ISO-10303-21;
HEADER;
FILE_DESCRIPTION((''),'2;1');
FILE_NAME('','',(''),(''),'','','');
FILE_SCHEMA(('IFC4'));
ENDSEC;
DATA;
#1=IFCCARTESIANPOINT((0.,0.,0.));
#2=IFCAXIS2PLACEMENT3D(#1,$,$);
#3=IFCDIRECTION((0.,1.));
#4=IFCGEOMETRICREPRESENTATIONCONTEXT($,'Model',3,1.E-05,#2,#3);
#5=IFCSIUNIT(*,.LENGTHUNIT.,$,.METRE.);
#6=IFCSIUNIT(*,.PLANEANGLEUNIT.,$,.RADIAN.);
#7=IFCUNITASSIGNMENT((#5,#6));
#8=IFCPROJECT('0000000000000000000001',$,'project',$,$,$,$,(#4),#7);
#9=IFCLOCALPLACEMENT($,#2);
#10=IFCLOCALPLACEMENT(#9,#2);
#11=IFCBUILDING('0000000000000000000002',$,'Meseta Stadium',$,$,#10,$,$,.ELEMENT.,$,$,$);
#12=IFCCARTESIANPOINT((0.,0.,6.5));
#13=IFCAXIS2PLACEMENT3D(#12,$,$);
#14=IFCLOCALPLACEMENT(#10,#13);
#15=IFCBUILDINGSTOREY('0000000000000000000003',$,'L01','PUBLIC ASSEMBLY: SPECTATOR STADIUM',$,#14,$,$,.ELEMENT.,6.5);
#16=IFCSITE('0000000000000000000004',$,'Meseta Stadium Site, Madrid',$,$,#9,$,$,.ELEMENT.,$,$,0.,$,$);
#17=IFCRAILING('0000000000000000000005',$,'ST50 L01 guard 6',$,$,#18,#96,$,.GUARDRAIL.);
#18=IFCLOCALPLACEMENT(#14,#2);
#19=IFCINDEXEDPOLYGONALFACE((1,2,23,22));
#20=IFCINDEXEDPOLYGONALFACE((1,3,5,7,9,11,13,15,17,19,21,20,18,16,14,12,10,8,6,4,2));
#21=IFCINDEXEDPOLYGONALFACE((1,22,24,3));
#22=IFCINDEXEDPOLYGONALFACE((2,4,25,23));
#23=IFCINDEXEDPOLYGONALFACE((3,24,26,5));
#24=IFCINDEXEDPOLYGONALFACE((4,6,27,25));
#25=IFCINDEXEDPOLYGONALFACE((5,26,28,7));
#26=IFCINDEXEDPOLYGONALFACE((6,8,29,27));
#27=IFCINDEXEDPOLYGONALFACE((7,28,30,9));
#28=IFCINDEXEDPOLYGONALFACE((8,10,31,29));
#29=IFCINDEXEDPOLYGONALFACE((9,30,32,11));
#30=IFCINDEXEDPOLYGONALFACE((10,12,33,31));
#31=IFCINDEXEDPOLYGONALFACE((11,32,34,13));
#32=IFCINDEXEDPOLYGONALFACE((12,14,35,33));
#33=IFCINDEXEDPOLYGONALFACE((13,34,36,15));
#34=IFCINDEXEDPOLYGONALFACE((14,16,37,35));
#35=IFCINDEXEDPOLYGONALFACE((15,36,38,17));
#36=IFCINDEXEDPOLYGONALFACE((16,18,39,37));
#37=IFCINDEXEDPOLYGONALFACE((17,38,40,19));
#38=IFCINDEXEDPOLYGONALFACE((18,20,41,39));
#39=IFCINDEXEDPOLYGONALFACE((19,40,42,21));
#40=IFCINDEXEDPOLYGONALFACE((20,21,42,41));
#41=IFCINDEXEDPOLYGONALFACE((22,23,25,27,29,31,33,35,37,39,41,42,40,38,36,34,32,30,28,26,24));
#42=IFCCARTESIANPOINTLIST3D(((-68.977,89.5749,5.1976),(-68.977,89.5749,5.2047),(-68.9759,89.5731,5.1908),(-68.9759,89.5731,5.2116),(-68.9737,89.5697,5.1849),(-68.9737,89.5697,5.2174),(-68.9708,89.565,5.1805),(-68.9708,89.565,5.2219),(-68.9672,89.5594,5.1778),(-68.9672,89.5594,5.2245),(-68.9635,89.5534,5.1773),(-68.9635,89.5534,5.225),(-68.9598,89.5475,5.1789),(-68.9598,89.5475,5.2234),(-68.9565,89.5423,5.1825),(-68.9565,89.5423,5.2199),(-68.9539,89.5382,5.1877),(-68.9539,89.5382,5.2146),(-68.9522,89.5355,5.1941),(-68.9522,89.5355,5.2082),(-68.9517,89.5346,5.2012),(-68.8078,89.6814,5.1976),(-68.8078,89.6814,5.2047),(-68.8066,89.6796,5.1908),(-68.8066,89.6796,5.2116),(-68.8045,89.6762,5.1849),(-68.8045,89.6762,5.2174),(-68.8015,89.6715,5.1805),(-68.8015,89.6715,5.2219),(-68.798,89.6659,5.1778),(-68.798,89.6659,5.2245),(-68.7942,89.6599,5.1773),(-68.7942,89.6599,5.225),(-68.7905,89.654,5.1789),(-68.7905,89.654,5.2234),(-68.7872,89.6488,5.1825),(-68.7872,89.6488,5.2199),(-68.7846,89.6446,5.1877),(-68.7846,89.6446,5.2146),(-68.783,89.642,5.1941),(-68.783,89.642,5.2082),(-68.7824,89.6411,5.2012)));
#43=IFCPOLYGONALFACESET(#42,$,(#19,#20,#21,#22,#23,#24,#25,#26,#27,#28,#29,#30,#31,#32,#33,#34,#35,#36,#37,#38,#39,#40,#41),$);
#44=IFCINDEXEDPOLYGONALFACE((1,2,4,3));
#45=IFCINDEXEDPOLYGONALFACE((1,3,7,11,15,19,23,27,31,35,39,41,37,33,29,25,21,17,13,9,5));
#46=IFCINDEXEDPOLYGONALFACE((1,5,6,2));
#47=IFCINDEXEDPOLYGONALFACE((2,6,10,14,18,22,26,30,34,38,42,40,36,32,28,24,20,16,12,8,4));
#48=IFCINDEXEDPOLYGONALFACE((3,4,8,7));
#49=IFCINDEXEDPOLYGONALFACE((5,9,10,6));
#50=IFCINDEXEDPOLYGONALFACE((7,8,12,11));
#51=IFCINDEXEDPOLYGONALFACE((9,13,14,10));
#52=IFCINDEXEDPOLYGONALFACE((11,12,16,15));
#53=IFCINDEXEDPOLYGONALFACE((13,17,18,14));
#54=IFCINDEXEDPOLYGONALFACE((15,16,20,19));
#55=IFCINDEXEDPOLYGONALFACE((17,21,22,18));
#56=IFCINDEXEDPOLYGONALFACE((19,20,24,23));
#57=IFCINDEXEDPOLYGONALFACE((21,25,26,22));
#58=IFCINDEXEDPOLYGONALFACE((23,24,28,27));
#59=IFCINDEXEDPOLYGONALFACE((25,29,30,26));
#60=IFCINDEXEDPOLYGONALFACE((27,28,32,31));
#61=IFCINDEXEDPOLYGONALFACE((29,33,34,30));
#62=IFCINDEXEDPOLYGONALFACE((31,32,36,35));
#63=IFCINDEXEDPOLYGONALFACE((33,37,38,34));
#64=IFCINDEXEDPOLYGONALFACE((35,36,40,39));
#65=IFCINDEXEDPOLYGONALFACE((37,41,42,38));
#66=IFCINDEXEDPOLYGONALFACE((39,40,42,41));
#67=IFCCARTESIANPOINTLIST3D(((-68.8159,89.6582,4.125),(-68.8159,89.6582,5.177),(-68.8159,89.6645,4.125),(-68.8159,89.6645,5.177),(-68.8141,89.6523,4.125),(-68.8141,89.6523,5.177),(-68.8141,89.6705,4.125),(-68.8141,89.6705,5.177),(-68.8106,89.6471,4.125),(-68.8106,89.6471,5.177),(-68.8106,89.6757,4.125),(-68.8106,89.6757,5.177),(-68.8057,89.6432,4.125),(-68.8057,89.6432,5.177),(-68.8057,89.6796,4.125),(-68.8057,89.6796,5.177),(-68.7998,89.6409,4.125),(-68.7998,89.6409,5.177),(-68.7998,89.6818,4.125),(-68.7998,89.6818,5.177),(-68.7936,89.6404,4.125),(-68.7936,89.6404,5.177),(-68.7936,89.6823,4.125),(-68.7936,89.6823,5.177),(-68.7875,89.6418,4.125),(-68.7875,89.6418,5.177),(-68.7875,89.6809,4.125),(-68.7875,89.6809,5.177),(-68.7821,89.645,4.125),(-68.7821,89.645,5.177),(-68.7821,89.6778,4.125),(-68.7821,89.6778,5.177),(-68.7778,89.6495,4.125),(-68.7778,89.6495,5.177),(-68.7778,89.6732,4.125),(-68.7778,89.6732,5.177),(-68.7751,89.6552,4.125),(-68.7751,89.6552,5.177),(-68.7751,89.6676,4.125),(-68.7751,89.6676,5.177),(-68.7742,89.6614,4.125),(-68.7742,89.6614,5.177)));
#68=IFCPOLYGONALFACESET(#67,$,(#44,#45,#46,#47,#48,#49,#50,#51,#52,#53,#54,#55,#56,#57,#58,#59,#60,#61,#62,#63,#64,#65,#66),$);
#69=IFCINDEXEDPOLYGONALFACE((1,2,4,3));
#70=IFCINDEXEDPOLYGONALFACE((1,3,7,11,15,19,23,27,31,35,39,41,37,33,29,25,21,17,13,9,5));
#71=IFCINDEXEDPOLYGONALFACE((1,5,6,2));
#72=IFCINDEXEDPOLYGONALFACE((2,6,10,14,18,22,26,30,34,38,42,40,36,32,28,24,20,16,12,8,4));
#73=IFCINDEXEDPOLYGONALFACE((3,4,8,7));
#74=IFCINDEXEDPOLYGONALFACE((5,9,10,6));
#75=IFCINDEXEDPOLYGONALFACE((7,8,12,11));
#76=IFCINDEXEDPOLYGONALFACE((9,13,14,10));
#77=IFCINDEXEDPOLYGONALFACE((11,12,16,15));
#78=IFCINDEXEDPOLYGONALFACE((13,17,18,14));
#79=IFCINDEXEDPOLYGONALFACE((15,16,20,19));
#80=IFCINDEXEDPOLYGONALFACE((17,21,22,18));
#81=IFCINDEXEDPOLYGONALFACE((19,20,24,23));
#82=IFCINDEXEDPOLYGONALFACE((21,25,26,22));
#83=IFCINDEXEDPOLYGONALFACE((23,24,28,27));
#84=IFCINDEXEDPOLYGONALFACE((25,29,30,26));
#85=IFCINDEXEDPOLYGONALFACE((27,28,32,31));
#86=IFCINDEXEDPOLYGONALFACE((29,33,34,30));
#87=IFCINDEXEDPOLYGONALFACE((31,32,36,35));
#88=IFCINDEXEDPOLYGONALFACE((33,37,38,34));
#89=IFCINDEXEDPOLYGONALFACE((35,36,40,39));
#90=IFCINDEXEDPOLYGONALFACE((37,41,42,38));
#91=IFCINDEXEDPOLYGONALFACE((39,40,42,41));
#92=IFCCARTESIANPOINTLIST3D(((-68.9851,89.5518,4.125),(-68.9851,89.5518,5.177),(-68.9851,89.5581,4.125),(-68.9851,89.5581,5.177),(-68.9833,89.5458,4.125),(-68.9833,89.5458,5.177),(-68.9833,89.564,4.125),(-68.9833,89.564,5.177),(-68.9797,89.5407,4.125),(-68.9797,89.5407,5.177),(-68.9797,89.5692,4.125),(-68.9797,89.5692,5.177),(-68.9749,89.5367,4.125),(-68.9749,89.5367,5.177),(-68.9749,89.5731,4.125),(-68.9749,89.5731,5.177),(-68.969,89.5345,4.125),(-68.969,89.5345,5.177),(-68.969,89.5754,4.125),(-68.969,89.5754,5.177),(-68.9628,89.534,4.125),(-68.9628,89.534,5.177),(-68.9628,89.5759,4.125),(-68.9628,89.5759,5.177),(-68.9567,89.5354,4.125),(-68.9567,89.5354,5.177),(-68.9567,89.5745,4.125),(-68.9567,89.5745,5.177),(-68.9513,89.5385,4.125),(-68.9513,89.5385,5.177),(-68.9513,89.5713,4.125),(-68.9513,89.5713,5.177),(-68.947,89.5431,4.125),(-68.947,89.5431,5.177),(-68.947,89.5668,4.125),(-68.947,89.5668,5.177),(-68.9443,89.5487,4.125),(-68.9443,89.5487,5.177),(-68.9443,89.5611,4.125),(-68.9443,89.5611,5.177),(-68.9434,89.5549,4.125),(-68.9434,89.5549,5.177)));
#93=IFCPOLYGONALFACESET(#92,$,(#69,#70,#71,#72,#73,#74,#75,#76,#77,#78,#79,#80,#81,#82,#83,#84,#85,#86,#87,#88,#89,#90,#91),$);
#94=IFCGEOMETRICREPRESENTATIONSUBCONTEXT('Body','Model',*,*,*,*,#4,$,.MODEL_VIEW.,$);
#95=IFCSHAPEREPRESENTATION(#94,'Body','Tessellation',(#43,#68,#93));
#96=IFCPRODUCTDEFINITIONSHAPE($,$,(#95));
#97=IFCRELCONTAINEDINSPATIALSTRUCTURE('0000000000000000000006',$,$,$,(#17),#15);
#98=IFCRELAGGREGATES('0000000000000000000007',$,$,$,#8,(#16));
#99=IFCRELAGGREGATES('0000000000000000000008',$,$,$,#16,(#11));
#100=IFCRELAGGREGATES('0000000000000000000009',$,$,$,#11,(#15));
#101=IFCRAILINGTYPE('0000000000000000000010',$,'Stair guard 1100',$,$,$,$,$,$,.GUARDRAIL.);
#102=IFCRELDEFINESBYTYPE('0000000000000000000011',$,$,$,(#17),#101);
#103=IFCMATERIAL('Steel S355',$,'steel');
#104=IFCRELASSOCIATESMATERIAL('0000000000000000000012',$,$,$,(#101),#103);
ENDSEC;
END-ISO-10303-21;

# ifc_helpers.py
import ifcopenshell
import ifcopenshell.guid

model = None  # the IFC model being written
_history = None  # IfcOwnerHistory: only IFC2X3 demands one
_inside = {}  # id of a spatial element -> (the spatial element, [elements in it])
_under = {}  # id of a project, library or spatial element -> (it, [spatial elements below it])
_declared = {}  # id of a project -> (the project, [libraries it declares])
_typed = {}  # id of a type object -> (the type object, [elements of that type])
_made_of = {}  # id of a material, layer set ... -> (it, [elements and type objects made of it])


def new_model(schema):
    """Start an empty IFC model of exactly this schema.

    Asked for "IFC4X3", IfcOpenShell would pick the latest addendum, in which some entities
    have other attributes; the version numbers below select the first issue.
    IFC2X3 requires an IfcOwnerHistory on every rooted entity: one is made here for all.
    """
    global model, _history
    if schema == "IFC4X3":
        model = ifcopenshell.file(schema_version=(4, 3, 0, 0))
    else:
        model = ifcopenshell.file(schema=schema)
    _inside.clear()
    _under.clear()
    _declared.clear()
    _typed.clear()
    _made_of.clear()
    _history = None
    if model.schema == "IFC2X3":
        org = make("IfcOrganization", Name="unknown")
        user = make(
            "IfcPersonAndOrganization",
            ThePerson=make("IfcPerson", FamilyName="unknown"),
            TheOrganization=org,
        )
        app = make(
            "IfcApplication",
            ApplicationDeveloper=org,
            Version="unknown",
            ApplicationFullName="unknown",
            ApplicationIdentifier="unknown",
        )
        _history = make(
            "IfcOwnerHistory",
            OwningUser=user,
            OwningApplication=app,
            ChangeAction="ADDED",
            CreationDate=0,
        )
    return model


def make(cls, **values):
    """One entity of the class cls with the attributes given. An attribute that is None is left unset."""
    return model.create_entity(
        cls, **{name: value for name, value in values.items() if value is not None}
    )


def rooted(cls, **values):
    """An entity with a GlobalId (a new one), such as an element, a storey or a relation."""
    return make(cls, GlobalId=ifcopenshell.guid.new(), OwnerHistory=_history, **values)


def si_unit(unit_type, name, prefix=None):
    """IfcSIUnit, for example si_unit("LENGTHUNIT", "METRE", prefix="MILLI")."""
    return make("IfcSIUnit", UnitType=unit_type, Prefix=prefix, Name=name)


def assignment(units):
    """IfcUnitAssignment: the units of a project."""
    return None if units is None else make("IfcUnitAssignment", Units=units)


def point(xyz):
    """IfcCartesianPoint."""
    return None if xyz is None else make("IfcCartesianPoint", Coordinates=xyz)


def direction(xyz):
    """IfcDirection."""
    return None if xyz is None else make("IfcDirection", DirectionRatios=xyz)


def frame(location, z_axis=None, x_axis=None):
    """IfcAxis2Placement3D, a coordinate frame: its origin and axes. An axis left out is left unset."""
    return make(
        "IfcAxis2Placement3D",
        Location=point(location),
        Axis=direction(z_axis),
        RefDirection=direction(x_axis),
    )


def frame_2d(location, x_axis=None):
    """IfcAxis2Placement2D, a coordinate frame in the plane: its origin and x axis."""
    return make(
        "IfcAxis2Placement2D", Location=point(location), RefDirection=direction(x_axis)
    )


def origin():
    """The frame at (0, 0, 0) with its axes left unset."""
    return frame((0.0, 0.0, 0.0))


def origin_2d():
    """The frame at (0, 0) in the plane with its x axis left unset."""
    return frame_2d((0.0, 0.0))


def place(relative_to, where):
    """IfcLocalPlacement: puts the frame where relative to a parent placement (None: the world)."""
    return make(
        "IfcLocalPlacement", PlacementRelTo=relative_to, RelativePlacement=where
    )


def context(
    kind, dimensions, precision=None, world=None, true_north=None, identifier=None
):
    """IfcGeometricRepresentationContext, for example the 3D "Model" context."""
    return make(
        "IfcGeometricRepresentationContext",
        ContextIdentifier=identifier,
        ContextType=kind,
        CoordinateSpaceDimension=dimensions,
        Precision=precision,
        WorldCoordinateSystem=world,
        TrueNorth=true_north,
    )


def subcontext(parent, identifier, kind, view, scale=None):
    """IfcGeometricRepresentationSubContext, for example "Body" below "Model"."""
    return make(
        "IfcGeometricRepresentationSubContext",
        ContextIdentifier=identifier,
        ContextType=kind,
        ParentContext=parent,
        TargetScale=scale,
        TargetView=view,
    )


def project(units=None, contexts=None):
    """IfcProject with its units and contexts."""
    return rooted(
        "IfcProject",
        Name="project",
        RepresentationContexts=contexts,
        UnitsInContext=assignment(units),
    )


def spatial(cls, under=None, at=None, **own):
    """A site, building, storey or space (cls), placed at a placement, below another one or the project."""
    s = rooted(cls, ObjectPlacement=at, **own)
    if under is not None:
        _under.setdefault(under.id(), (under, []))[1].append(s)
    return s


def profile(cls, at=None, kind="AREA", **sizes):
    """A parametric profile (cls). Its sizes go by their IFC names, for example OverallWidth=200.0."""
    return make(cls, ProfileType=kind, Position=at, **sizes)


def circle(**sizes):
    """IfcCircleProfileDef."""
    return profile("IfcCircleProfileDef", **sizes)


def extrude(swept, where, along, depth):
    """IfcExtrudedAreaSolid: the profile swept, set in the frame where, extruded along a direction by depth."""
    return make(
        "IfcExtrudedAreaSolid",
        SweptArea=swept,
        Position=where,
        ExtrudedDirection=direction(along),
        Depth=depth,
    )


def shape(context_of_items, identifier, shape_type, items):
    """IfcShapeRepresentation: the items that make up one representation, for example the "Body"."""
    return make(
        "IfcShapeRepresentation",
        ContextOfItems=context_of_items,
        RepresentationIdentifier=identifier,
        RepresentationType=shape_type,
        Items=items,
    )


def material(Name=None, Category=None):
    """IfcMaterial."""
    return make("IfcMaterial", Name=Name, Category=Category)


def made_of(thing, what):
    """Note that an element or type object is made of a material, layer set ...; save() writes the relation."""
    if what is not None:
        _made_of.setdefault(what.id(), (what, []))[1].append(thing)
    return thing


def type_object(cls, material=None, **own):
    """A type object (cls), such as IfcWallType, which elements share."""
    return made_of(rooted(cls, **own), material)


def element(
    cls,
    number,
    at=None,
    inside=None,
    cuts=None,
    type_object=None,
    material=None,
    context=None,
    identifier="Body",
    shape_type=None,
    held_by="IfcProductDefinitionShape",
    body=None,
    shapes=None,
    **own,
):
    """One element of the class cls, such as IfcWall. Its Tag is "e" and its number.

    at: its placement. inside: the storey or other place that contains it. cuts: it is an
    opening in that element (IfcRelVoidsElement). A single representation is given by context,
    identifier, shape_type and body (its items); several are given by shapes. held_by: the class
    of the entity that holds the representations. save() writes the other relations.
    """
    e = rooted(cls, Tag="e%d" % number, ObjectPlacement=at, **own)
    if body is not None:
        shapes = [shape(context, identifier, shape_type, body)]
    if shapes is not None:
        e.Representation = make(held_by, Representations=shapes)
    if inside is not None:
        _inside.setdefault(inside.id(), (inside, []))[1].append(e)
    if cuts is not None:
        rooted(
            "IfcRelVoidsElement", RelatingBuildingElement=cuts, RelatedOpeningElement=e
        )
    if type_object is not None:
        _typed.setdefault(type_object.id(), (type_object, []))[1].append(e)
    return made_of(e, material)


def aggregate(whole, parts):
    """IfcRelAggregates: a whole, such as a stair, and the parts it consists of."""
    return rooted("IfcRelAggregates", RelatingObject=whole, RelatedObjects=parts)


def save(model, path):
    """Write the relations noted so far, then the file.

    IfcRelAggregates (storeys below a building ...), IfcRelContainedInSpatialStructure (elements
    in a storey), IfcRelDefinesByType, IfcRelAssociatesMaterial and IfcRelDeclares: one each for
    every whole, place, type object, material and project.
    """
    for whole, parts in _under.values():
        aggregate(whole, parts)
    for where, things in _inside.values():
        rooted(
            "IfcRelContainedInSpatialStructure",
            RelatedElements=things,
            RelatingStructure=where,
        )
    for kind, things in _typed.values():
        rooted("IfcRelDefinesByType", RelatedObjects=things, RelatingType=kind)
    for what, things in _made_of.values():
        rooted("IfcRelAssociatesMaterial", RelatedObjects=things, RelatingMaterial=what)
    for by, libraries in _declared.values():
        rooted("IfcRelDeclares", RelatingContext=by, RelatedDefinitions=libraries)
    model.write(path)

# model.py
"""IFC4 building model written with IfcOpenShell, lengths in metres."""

from ifc_helpers import new_model, si_unit, direction, frame, origin, origin_2d, place, context, subcontext, project, spatial, circle, extrude, material, type_object, element, save


model = new_model("IFC4")

# Units and contexts
model_context = context("Model", 3, precision=1e-05, world=origin(), true_north=direction((0.0, 1.0)))
body_context = subcontext(model_context, "Body", "Model", "MODEL_VIEW")
ifc_project = project(units=[si_unit("LENGTHUNIT", "METRE"), si_unit("PLANEANGLEUNIT", "RADIAN")], contexts=[model_context])

# Site, building, storey
site_placement = place(None, origin())
site = spatial("IfcSite", under=ifc_project, at=site_placement, Name="Meseta Stadium Site, Madrid", CompositionType="ELEMENT", RefElevation=0.0)
building_placement = place(site_placement, origin())
building = spatial("IfcBuilding", under=site, at=building_placement, Name="Meseta Stadium", CompositionType="ELEMENT")
storey_placement = place(building_placement, frame((0.0, 0.0, 6.5)))
storey = spatial("IfcBuildingStorey", under=building, at=storey_placement, Name="L01", Description="PUBLIC ASSEMBLY: SPECTATOR STADIUM", CompositionType="ELEMENT", Elevation=6.5)

# Railing
ifc_material_1 = material(Name="Steel S355", Category="steel")
railing_type_1 = type_object("IfcRailingType", Name="Stair guard 1100", PredefinedType="GUARDRAIL", material=ifc_material_1)
railing_1_placement = place(storey_placement, frame((-68.7952, 89.6614, 4.125)))
element("IfcRailing", 1, at=railing_1_placement, inside=storey, type_object=railing_type_1, Name="ST50 L01 guard 6", PredefinedType="GUARDRAIL", context=body_context, shape_type="SweptSolid", body=[
    extrude(circle(Radius=0.0239, at=origin_2d()), frame((0.0, 0.0, 1.0762), z_axis=(-0.846416, -0.532522, 0.0), x_axis=(0.532522, -0.846416, 0.0)), (0.0, 0.0, 1.0), 0.2),
    extrude(circle(Radius=0.021, at=origin_2d()), origin(), (0.0, 0.0, 1.0), 1.052),
    extrude(circle(Radius=0.021, at=origin_2d()), frame((-0.1692, -0.1064, 0.0)), (0.0, 0.0, 1.0), 1.052),
])

save(model, "model.ifc")
